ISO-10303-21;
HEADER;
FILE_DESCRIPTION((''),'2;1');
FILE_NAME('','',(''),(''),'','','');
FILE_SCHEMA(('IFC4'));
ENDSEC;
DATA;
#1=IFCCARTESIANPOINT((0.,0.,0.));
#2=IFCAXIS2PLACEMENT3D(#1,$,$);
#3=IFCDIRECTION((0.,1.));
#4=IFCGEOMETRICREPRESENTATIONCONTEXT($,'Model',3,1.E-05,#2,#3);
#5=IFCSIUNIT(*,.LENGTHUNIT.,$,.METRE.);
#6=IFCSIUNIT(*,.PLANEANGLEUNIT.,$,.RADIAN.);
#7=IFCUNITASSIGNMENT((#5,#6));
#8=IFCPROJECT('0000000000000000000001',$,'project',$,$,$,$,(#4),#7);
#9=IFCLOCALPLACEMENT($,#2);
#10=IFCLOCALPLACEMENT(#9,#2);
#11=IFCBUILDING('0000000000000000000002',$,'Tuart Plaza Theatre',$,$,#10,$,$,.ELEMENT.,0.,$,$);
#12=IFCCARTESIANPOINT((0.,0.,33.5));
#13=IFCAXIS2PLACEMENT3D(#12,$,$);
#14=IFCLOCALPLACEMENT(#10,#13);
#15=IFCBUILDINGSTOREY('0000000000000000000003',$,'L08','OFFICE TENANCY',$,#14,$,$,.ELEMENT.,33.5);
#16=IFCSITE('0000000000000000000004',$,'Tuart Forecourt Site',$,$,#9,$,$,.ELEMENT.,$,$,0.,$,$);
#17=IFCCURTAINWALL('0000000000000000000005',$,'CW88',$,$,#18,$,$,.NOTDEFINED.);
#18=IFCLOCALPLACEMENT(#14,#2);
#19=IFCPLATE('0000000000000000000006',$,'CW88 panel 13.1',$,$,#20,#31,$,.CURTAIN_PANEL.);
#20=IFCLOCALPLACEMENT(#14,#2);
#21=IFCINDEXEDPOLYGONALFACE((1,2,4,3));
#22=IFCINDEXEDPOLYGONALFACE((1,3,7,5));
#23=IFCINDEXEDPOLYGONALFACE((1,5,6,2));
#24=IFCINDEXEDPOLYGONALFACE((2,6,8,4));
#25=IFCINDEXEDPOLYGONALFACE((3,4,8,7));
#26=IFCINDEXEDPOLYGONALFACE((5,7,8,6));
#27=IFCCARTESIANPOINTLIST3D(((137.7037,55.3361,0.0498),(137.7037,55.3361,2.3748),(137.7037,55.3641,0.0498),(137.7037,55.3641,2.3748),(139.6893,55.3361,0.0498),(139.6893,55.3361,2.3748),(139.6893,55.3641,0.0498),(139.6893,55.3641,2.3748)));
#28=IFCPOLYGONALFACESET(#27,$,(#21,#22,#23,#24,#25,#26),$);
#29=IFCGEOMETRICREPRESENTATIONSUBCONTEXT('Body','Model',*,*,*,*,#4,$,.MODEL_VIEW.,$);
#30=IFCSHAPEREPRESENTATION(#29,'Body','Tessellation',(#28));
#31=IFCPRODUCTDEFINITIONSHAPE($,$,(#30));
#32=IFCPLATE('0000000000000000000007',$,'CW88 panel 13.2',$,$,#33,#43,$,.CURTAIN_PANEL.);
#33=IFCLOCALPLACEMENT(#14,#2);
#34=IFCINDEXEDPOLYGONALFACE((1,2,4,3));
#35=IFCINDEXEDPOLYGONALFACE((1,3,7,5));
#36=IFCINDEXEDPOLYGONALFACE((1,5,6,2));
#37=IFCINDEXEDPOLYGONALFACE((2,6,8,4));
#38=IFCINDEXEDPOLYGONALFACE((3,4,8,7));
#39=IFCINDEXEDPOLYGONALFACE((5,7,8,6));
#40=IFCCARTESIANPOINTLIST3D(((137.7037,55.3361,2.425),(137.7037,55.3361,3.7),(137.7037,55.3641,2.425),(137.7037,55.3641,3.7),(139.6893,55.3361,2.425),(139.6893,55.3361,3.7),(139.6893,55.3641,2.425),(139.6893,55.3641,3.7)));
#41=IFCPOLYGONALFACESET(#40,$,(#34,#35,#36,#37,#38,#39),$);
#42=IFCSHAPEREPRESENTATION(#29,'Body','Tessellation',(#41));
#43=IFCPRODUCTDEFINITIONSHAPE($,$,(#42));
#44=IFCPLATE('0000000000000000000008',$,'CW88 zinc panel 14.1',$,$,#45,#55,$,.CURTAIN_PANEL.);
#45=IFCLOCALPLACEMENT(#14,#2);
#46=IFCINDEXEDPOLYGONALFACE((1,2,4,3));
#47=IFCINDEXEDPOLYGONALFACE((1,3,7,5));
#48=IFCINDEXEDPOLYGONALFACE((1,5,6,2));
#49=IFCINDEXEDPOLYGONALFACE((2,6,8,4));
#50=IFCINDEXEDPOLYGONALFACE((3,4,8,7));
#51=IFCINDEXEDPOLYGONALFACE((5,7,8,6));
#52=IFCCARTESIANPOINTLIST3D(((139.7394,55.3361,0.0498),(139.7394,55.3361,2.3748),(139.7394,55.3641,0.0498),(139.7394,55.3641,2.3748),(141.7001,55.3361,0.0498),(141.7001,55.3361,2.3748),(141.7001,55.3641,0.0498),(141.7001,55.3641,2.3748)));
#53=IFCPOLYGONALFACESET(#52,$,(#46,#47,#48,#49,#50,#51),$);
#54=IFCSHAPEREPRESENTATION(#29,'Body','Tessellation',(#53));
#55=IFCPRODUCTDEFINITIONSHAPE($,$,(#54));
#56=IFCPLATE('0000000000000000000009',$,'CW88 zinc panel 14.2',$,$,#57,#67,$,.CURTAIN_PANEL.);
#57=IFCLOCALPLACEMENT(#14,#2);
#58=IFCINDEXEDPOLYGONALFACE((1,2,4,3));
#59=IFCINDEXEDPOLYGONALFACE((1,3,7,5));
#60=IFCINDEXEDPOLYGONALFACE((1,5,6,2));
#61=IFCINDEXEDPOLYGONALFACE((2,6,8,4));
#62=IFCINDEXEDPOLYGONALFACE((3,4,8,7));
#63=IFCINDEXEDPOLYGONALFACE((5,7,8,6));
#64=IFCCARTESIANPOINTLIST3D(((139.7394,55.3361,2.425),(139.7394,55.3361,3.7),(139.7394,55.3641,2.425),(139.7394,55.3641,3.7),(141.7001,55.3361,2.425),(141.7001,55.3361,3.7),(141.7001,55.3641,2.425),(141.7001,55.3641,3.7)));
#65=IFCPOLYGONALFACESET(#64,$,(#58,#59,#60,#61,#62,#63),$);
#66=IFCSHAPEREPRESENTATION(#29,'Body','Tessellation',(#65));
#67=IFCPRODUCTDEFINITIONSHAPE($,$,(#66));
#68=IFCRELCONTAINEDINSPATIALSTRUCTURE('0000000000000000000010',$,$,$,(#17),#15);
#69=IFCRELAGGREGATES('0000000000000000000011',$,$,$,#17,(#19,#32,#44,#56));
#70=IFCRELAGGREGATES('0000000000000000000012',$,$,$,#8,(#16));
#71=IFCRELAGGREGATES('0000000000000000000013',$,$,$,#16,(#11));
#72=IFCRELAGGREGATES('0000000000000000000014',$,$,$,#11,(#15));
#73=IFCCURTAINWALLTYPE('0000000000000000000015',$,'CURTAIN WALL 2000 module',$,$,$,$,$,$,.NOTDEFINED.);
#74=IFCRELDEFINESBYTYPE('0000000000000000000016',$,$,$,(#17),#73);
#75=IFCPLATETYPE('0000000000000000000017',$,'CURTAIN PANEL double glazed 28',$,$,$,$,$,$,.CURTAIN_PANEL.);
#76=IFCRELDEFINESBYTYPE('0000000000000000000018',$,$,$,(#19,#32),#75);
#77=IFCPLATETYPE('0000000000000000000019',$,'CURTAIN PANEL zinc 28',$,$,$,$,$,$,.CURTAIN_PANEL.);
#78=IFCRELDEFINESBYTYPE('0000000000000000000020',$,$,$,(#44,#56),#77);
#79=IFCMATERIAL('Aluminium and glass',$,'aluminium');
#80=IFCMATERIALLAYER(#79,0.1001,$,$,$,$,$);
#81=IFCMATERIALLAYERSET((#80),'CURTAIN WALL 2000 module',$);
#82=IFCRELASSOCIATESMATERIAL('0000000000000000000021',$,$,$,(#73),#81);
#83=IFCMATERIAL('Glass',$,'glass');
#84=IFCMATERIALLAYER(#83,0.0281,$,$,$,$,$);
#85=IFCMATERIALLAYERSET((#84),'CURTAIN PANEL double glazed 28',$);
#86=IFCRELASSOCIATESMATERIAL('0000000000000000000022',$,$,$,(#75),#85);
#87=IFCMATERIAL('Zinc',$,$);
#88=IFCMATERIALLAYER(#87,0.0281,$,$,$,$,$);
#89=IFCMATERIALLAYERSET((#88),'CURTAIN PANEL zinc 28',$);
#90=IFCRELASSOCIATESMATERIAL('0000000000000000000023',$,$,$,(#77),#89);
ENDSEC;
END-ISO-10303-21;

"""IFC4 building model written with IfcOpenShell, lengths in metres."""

from ifc_helpers import new_model, si_unit, direction, frame, origin, origin_2d, place, context, subcontext, project, spatial, rectangle, extrude, material, layer, layer_set, type_object, element, aggregate, save


model = new_model("IFC4")

# Units and contexts
model_context = context("Model", 3, precision=1e-05, world=origin(), true_north=direction((0.0, 1.0)))
body_context = subcontext(model_context, "Body", "Model", "MODEL_VIEW")
ifc_project = project(units=[si_unit("LENGTHUNIT", "METRE"), si_unit("PLANEANGLEUNIT", "RADIAN")], contexts=[model_context])

# Site, building, storey
site_placement = place(None, origin())
site = spatial("IfcSite", under=ifc_project, at=site_placement, Name="Tuart Forecourt Site", CompositionType="ELEMENT", RefElevation=0.0)
building_placement = place(site_placement, origin())
building = spatial("IfcBuilding", under=site, at=building_placement, Name="Tuart Plaza Theatre", CompositionType="ELEMENT", ElevationOfRefHeight=0.0)
storey_placement = place(building_placement, frame((0.0, 0.0, 33.5)))
storey = spatial("IfcBuildingStorey", under=building, at=storey_placement, Name="L08", Description="OFFICE TENANCY", CompositionType="ELEMENT", Elevation=33.5)

# Curtain wall, plates
ifc_material_1 = material(Name="Aluminium and glass", Category="aluminium")
ifc_layer_1 = layer(ifc_material_1, 0.1001)
ifc_layer_set_1 = layer_set([ifc_layer_1], Name="CURTAIN WALL 2000 module")
curtain_wall_type = type_object("IfcCurtainWallType", Name="CURTAIN WALL 2000 module", PredefinedType="NOTDEFINED", material=ifc_layer_set_1)
curtain_wall_placement = place(storey_placement, origin())
curtain_wall = element("IfcCurtainWall", 1, at=curtain_wall_placement, inside=storey, type_object=curtain_wall_type, Name="CW88", PredefinedType="NOTDEFINED")
ifc_material_2 = material(Name="Glass", Category="glass")
ifc_layer_2 = layer(ifc_material_2, 0.0281)
ifc_layer_set_2 = layer_set([ifc_layer_2], Name="CURTAIN PANEL double glazed 28")
plate_type_1 = type_object("IfcPlateType", Name="CURTAIN PANEL double glazed 28", PredefinedType="CURTAIN_PANEL", material=ifc_layer_set_2)
plate_1_placement = place(storey_placement, frame((138.6965, 55.3501, 0.0498), z_axis=(0.0, 0.0, 1.0), x_axis=(1.0, 0.0, 0.0)))
plate_1 = element("IfcPlate", 2, at=plate_1_placement, type_object=plate_type_1, Name="CW88 panel 13.1", PredefinedType="CURTAIN_PANEL", context=body_context, shape_type="SweptSolid", body=[
    extrude(rectangle(XDim=1.9856, YDim=0.0281, at=origin_2d()), origin(), (0.0, 0.0, 1.0), 2.325),
])
plate_2_placement = place(storey_placement, frame((138.6965, 55.3501, 2.425), z_axis=(0.0, 0.0, 1.0), x_axis=(1.0, 0.0, 0.0)))
plate_2 = element("IfcPlate", 3, at=plate_2_placement, type_object=plate_type_1, Name="CW88 panel 13.2", PredefinedType="CURTAIN_PANEL", context=body_context, shape_type="SweptSolid", body=[
    extrude(rectangle(XDim=1.9856, YDim=0.0281, at=origin_2d()), origin(), (0.0, 0.0, 1.0), 1.2749),
])
ifc_material_3 = material(Name="Zinc")
ifc_layer_3 = layer(ifc_material_3, 0.0281)
ifc_layer_set_3 = layer_set([ifc_layer_3], Name="CURTAIN PANEL zinc 28")
plate_type_2 = type_object("IfcPlateType", Name="CURTAIN PANEL zinc 28", PredefinedType="CURTAIN_PANEL", material=ifc_layer_set_3)
plate_3_placement = place(storey_placement, frame((140.7197, 55.3501, 0.0498), z_axis=(0.0, 0.0, 1.0), x_axis=(1.0, 0.0, 0.0)))
plate_3 = element("IfcPlate", 4, at=plate_3_placement, type_object=plate_type_2, Name="CW88 zinc panel 14.1", PredefinedType="CURTAIN_PANEL", context=body_context, shape_type="SweptSolid", body=[
    extrude(rectangle(XDim=1.9607, YDim=0.0281, at=origin_2d()), origin(), (0.0, 0.0, 1.0), 2.325),
])
plate_4_placement = place(storey_placement, frame((140.7197, 55.3501, 2.425), z_axis=(0.0, 0.0, 1.0), x_axis=(1.0, 0.0, 0.0)))
plate_4 = element("IfcPlate", 5, at=plate_4_placement, type_object=plate_type_2, Name="CW88 zinc panel 14.2", PredefinedType="CURTAIN_PANEL", context=body_context, shape_type="SweptSolid", body=[
    extrude(rectangle(XDim=1.9607, YDim=0.0281, at=origin_2d()), origin(), (0.0, 0.0, 1.0), 1.2749),
])
aggregate(curtain_wall, [plate_1, plate_2, plate_3, plate_4])

save(model, "model.ifc")
